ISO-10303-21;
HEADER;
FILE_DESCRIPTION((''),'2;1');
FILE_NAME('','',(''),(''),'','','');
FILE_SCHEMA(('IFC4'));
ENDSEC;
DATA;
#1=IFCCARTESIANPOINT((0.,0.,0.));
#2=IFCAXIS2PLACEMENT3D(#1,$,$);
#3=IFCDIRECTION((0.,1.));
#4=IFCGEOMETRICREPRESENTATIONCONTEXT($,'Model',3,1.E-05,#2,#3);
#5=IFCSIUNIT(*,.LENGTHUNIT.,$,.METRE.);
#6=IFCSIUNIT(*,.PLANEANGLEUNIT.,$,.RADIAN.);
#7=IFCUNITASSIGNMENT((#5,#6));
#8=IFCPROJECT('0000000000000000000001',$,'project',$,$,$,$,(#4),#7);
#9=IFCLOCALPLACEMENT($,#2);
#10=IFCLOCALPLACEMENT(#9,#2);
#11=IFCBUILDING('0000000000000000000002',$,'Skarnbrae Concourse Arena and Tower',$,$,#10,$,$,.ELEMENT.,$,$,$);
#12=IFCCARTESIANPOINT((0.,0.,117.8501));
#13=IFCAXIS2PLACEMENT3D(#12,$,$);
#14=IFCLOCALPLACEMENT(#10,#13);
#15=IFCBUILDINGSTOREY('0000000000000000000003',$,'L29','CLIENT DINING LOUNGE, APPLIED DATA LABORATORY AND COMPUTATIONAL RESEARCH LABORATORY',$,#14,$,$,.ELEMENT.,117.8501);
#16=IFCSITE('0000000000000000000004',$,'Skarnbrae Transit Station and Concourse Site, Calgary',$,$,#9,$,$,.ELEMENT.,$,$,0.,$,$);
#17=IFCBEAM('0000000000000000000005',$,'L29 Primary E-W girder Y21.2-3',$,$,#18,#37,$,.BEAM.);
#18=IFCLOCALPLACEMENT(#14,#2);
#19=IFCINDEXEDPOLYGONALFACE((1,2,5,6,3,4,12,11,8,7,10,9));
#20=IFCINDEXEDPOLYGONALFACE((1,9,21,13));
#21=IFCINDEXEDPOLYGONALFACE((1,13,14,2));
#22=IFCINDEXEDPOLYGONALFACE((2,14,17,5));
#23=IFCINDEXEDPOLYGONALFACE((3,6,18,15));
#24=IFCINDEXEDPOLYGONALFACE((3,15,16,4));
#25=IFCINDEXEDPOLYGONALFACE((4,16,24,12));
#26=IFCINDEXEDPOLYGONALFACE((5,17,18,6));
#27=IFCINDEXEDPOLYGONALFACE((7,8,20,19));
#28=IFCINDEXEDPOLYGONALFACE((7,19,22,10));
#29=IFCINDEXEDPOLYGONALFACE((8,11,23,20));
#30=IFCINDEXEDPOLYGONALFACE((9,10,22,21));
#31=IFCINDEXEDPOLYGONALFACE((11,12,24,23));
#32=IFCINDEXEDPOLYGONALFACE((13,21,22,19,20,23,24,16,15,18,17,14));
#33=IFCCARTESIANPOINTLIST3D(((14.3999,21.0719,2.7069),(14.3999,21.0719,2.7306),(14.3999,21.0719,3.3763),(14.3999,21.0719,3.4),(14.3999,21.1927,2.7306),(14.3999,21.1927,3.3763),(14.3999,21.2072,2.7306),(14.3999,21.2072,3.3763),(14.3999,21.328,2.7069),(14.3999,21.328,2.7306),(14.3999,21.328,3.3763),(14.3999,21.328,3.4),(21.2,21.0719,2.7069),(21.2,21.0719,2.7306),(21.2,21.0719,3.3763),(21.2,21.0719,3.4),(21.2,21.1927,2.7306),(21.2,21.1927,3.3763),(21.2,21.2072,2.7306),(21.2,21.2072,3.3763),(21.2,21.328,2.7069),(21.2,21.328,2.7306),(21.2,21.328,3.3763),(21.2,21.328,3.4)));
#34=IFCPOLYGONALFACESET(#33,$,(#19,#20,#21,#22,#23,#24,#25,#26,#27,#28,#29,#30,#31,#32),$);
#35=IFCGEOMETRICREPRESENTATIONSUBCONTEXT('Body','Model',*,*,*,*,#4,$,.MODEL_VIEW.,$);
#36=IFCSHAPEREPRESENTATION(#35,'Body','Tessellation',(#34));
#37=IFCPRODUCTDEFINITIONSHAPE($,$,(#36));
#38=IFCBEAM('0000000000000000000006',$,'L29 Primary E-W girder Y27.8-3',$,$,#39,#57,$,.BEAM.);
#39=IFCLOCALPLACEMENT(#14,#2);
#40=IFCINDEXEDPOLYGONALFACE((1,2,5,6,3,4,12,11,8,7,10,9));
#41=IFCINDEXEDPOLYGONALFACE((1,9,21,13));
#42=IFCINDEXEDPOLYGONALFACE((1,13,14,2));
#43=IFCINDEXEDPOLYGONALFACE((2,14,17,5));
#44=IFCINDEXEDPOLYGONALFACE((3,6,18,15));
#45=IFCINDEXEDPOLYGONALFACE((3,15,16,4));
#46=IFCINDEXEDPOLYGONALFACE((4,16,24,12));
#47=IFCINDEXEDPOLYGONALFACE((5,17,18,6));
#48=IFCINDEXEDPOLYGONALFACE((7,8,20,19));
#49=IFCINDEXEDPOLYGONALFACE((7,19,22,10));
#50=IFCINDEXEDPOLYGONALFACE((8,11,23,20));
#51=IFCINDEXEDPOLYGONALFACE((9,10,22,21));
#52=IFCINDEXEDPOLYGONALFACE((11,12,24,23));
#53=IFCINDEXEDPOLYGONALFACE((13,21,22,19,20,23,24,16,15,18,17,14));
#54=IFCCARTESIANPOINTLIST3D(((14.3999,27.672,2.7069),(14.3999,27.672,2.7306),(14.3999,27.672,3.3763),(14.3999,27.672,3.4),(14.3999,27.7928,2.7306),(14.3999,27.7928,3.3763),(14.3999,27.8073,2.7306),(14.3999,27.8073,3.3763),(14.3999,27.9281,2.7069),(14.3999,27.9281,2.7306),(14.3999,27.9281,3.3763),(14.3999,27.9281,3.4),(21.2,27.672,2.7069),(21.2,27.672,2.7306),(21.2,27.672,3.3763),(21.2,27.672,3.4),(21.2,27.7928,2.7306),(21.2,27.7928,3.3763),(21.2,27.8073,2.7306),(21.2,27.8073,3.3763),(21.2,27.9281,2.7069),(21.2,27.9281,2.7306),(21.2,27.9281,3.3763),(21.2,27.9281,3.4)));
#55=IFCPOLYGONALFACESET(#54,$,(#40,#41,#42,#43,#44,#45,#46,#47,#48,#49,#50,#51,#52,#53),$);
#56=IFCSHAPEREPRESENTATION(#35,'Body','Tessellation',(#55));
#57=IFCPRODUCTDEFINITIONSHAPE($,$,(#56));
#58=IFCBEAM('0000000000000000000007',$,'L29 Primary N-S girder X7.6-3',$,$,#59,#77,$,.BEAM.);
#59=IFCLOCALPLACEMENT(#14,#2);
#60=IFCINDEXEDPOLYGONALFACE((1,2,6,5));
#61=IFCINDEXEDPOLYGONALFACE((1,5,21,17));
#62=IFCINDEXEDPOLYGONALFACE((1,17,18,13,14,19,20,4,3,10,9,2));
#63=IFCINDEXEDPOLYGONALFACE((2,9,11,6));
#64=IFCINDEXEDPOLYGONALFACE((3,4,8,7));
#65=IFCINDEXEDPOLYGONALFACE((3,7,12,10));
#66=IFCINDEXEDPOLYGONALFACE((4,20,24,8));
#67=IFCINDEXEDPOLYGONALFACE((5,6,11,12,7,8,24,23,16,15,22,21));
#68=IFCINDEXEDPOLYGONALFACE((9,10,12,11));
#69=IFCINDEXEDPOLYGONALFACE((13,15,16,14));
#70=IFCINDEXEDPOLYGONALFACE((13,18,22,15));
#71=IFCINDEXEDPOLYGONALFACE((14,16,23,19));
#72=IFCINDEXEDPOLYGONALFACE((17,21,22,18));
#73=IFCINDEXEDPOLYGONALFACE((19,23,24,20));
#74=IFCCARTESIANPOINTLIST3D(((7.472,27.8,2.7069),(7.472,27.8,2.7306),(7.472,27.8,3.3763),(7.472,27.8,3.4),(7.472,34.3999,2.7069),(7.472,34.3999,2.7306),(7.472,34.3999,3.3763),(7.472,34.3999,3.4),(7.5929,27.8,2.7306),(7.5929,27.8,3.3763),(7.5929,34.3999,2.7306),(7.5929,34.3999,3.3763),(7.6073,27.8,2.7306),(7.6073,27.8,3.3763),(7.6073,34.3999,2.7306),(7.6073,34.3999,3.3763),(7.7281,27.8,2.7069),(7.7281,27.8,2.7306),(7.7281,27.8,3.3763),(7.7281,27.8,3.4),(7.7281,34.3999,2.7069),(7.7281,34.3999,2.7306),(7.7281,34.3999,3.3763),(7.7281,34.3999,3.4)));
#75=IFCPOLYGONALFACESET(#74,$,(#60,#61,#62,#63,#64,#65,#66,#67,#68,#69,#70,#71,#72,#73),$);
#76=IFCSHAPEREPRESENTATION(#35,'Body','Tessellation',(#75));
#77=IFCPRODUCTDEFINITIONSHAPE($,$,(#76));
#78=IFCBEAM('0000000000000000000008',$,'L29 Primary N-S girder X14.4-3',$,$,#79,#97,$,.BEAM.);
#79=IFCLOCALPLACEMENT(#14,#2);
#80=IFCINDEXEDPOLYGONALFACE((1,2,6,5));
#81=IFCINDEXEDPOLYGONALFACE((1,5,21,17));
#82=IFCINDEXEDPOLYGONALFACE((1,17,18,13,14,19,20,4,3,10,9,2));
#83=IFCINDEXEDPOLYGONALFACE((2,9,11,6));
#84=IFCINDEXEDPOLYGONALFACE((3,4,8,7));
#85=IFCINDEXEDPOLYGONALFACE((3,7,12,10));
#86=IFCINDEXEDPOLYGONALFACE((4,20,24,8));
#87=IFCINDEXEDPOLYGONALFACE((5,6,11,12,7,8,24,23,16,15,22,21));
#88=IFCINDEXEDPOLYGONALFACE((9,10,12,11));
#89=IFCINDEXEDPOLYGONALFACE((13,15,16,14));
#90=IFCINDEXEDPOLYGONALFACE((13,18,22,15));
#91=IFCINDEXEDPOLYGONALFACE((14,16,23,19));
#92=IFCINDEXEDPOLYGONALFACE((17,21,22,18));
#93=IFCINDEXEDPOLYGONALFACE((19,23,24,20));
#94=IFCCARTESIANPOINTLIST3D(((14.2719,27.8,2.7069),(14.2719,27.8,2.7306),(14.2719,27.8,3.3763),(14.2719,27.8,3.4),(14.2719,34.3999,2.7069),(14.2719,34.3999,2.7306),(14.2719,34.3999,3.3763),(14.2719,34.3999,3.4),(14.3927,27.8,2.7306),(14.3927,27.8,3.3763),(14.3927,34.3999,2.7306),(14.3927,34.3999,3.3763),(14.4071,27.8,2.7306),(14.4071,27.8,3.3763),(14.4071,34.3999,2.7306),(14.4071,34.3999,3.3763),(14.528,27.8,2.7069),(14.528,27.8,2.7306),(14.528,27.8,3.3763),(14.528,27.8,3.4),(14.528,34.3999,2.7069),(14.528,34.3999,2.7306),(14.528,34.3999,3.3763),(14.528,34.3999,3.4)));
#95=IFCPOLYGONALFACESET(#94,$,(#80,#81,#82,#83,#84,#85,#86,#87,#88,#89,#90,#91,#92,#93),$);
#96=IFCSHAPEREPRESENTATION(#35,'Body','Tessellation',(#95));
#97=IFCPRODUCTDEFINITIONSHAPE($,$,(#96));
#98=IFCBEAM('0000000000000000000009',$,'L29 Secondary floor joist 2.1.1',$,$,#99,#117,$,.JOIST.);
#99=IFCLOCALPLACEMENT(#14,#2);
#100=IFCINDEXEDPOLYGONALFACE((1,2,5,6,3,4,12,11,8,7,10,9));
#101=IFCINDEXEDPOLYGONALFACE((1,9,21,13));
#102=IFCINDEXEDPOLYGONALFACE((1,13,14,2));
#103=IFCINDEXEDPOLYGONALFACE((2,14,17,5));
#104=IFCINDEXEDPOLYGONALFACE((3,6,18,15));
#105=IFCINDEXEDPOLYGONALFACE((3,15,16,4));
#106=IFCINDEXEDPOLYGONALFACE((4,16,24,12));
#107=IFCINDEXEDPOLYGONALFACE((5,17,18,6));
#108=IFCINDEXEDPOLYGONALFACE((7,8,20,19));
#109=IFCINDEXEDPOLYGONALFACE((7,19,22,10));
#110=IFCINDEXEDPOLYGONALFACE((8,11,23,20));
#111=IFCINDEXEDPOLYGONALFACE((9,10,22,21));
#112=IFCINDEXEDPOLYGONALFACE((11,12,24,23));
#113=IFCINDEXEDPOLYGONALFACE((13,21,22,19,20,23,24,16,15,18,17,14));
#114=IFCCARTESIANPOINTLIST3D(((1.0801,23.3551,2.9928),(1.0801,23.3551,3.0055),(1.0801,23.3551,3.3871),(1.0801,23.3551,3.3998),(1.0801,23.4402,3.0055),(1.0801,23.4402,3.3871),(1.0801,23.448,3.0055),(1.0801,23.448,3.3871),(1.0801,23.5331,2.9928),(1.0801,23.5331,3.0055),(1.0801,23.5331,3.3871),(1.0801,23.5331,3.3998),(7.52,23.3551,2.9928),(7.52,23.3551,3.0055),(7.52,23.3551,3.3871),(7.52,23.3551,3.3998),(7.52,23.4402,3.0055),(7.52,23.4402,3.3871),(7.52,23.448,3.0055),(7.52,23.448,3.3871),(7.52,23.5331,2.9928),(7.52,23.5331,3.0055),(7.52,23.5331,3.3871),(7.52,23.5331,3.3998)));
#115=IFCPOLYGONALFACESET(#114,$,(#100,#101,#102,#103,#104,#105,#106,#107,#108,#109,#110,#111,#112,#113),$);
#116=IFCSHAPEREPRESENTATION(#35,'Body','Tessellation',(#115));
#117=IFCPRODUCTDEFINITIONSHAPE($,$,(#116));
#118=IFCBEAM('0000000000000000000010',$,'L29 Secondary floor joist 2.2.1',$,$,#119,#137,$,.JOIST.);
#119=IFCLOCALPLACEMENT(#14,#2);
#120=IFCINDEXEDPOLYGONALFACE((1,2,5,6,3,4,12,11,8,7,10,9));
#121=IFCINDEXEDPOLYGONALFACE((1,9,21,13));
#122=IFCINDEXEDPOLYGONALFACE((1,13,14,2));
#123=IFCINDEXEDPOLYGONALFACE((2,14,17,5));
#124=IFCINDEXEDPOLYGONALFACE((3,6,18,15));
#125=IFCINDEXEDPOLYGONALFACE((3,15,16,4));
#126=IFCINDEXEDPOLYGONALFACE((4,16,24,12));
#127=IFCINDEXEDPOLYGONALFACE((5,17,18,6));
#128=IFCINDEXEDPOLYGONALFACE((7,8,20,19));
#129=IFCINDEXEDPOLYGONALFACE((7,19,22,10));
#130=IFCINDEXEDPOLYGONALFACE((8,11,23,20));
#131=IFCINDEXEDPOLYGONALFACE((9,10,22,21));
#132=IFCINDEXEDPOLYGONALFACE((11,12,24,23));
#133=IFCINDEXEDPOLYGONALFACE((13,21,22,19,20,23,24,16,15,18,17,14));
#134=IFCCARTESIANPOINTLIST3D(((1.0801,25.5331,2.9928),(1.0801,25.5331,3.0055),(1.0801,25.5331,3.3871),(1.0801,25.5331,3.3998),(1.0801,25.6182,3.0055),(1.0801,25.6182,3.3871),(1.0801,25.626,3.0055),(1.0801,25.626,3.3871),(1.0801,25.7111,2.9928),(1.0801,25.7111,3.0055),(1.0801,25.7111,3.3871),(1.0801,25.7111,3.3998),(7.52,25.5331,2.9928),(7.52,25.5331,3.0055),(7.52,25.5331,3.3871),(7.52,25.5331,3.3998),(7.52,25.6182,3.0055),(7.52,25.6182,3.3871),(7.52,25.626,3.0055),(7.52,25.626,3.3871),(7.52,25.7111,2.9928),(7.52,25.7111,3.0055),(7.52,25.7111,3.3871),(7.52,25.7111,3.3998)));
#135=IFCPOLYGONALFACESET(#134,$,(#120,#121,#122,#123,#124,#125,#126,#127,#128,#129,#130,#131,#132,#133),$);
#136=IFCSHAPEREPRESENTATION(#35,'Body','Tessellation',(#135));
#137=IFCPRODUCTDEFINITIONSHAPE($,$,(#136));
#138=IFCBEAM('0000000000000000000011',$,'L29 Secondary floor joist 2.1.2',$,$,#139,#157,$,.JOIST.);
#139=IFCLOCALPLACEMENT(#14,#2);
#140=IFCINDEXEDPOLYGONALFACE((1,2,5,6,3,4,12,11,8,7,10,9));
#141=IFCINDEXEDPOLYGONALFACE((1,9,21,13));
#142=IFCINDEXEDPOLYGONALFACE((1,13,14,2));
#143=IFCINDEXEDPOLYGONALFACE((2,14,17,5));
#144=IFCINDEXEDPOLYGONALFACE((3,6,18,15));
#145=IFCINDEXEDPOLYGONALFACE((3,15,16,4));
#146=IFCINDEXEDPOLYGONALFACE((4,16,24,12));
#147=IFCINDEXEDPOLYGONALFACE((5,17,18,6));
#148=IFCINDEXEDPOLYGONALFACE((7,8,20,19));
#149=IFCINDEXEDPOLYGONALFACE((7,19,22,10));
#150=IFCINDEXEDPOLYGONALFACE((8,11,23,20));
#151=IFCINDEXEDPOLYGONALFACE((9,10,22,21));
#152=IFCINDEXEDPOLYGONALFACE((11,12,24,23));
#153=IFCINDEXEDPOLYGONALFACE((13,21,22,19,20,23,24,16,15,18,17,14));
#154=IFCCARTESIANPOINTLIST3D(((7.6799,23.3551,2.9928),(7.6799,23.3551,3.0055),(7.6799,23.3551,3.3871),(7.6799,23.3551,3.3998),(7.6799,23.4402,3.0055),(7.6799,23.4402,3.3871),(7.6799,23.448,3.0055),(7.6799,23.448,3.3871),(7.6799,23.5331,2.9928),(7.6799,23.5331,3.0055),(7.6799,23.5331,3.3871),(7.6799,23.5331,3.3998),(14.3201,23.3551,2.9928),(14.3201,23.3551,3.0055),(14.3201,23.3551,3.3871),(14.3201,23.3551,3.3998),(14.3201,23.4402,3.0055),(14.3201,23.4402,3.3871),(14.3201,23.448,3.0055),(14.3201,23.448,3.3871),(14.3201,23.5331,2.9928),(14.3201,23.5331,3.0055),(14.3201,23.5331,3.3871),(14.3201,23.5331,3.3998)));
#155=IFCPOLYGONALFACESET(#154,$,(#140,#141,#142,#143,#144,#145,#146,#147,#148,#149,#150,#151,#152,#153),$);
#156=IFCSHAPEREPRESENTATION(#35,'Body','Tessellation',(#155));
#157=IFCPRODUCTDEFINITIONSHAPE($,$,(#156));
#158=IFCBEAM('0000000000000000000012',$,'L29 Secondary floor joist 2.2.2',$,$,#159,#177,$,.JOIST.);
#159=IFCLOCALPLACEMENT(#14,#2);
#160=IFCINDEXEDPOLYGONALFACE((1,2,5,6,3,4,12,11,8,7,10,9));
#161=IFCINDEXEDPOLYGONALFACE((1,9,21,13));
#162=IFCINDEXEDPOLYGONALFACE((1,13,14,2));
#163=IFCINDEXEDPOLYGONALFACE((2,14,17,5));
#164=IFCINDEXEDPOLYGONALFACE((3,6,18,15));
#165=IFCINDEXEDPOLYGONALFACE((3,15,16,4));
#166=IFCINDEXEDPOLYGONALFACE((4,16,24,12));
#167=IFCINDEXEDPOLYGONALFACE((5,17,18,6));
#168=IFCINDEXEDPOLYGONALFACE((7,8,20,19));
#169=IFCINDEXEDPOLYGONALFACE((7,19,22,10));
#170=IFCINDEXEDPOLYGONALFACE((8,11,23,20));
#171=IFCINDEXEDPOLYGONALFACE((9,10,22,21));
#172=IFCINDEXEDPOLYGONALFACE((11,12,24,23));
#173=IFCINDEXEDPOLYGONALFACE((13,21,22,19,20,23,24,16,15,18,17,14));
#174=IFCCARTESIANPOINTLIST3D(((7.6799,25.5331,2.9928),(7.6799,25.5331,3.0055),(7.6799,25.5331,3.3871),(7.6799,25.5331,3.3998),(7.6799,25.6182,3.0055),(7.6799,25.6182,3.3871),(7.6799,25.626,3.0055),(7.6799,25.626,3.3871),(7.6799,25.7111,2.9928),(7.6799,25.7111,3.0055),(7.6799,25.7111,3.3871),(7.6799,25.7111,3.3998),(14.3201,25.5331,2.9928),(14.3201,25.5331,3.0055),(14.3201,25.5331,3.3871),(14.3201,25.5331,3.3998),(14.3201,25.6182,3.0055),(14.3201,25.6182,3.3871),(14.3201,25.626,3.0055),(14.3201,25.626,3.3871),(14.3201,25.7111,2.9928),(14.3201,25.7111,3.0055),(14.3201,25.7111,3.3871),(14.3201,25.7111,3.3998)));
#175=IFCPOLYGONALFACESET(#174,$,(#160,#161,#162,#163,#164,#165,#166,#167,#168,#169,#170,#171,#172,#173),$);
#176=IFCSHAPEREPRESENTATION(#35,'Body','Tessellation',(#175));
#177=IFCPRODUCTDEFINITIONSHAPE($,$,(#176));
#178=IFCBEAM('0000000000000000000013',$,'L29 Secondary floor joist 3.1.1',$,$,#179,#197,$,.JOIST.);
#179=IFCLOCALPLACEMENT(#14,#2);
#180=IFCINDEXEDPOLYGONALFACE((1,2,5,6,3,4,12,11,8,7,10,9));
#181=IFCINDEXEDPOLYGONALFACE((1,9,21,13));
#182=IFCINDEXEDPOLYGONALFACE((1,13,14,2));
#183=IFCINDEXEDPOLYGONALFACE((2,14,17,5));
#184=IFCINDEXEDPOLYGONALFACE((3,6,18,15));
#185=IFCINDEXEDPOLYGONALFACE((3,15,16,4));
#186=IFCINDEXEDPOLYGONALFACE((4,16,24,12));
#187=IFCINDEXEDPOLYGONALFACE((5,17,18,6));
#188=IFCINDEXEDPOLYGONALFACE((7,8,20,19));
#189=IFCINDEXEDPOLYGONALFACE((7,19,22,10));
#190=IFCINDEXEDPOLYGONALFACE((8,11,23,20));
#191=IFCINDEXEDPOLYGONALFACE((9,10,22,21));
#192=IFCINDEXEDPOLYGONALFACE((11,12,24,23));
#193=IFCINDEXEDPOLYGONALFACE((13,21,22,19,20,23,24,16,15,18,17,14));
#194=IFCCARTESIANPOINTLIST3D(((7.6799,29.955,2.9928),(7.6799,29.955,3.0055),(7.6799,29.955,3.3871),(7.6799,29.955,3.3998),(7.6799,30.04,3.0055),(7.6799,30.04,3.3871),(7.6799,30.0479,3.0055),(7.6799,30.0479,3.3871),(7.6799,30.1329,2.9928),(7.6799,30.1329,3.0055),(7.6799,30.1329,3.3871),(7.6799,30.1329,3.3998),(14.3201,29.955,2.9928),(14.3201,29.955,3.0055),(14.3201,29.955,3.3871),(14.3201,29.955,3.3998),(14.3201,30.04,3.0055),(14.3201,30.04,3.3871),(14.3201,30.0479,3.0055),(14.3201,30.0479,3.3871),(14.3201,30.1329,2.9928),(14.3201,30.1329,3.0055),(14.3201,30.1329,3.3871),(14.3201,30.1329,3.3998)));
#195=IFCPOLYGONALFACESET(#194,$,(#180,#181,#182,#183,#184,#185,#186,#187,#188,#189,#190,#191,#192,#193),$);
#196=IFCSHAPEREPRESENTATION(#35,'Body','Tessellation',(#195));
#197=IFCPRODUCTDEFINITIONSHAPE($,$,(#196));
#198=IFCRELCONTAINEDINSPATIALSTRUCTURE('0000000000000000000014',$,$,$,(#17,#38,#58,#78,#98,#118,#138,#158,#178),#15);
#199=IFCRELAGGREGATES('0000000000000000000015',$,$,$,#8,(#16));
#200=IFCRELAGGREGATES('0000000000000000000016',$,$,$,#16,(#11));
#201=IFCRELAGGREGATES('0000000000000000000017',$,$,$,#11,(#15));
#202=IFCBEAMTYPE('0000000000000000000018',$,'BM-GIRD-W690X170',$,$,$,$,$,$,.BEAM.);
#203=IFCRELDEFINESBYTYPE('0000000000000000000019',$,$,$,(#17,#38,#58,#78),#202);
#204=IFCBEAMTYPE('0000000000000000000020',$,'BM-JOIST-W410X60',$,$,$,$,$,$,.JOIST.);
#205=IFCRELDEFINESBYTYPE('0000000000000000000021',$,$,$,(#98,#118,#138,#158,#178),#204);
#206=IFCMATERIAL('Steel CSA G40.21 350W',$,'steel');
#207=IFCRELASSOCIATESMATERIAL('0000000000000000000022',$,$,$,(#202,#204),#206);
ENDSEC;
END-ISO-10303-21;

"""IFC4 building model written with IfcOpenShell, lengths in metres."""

from ifc_helpers import new_model, si_unit, direction, frame, origin, origin_2d, place, context, subcontext, project, spatial, i_section, extrude, source, transform, mapped, material, material_profile, profile_set, type_object, element, save


model = new_model("IFC4")

# Units and contexts
model_context = context("Model", 3, precision=1e-05, world=origin(), true_north=direction((0.0, 1.0)))
body_context = subcontext(model_context, "Body", "Model", "MODEL_VIEW")
ifc_project = project(units=[si_unit("LENGTHUNIT", "METRE"), si_unit("PLANEANGLEUNIT", "RADIAN")], contexts=[model_context])

# Site, building, storey
site_placement = place(None, origin())
site = spatial("IfcSite", under=ifc_project, at=site_placement, Name="Skarnbrae Transit Station and Concourse Site, Calgary", CompositionType="ELEMENT", RefElevation=0.0)
building_placement = place(site_placement, origin())
building = spatial("IfcBuilding", under=site, at=building_placement, Name="Skarnbrae Concourse Arena and Tower", CompositionType="ELEMENT")
storey_placement = place(building_placement, frame((0.0, 0.0, 117.8501)))
storey = spatial("IfcBuildingStorey", under=building, at=storey_placement, Name="L29", Description="CLIENT DINING LOUNGE, APPLIED DATA LABORATORY AND COMPUTATIONAL RESEARCH LABORATORY", CompositionType="ELEMENT", Elevation=117.8501)

# Shared definitions
ifc_material_1 = material(Name="Steel CSA G40.21 350W", Category="steel")

# Beams
ifc_material_profile_1 = material_profile(ifc_material_1, i_section(OverallWidth=0.2561, OverallDepth=0.6931, WebThickness=0.0144, FlangeThickness=0.0237, at=origin_2d()), Name="W690X170")
ifc_profile_set_1 = profile_set([ifc_material_profile_1], Name="Steel CSA G40.21 350W")
beam_type_1 = type_object("IfcBeamType", Name="BM-GIRD-W690X170", PredefinedType="BEAM", material=ifc_profile_set_1)
shared_shape_1 = source(origin(), body_context, "Body", "SweptSolid", [
    extrude(i_section(OverallWidth=0.2561, OverallDepth=0.6931, WebThickness=0.0144, FlangeThickness=0.0237, at=origin_2d()), origin(), (0.0, 0.0, 1.0), 6.8),
])
for number, where, z_axis, x_axis, name in (
    (1, (14.3999, 21.2, 3.0535), (1.0, 0.0, 0.0), (0.0, 1.0, 0.0), "L29 Primary E-W girder Y21.2-3"),
    (2, (14.3999, 27.8, 3.0535), (1.0, 0.0, 0.0), (0.0, 1.0, 0.0), "L29 Primary E-W girder Y27.8-3"),
):
    element("IfcBeam", number, at=place(storey_placement, frame(where, z_axis=z_axis, x_axis=x_axis)), inside=storey, type_object=beam_type_1, Name=name, PredefinedType="BEAM", context=body_context, shape_type="MappedRepresentation", body=[
        mapped(shared_shape_1, transform((0.0, 0.0, 0.0))),
    ])
shared_shape_2 = source(origin(), body_context, "Body", "SweptSolid", [
    extrude(i_section(OverallWidth=0.2561, OverallDepth=0.6931, WebThickness=0.0144, FlangeThickness=0.0237, at=origin_2d()), origin(), (0.0, 0.0, 1.0), 6.5999),
])
for number, where, z_axis, x_axis, name in (
    (3, (7.6001, 27.8, 3.0535), (0.0, 1.0, 0.0), (-1.0, 0.0, 0.0), "L29 Primary N-S girder X7.6-3"),
    (4, (14.3999, 27.8, 3.0535), (0.0, 1.0, 0.0), (-1.0, 0.0, 0.0), "L29 Primary N-S girder X14.4-3"),
):
    element("IfcBeam", number, at=place(storey_placement, frame(where, z_axis=z_axis, x_axis=x_axis)), inside=storey, type_object=beam_type_1, Name=name, PredefinedType="BEAM", context=body_context, shape_type="MappedRepresentation", body=[
        mapped(shared_shape_2, transform((0.0, 0.0, 0.0))),
    ])
ifc_material_profile_2 = material_profile(ifc_material_1, i_section(OverallWidth=0.178, OverallDepth=0.407, WebThickness=0.0078, FlangeThickness=0.0127, at=origin_2d()), Name="W410X60")
ifc_profile_set_2 = profile_set([ifc_material_profile_2], Name="Steel CSA G40.21 350W")
beam_type_2 = type_object("IfcBeamType", Name="BM-JOIST-W410X60", PredefinedType="JOIST", material=ifc_profile_set_2)
shared_shape_3 = source(origin(), body_context, "Body", "SweptSolid", [
    extrude(i_section(OverallWidth=0.178, OverallDepth=0.407, WebThickness=0.0078, FlangeThickness=0.0127, at=origin_2d()), origin(), (0.0, 0.0, 1.0), 6.4399),
])
for number, where, z_axis, x_axis, name in (
    (5, (1.0801, 23.4441, 3.1963), (1.0, 0.0, 0.0), (0.0, 1.0, 0.0), "L29 Secondary floor joist 2.1.1"),
    (6, (1.0801, 25.6221, 3.1963), (1.0, 0.0, 0.0), (0.0, 1.0, 0.0), "L29 Secondary floor joist 2.2.1"),
):
    element("IfcBeam", number, at=place(storey_placement, frame(where, z_axis=z_axis, x_axis=x_axis)), inside=storey, type_object=beam_type_2, Name=name, PredefinedType="JOIST", context=body_context, shape_type="MappedRepresentation", body=[
        mapped(shared_shape_3, transform((0.0, 0.0, 0.0))),
    ])
shared_shape_4 = source(origin(), body_context, "Body", "SweptSolid", [
    extrude(i_section(OverallWidth=0.178, OverallDepth=0.407, WebThickness=0.0078, FlangeThickness=0.0127, at=origin_2d()), origin(), (0.0, 0.0, 1.0), 6.6401),
])
for number, where, z_axis, x_axis, name in (
    (7, (7.6799, 23.4441, 3.1963), (1.0, 0.0, 0.0), (0.0, 1.0, 0.0), "L29 Secondary floor joist 2.1.2"),
    (8, (7.6799, 25.6221, 3.1963), (1.0, 0.0, 0.0), (0.0, 1.0, 0.0), "L29 Secondary floor joist 2.2.2"),
    (9, (7.6799, 30.0439, 3.1963), (1.0, 0.0, 0.0), (0.0, 1.0, 0.0), "L29 Secondary floor joist 3.1.1"),
):
    element("IfcBeam", number, at=place(storey_placement, frame(where, z_axis=z_axis, x_axis=x_axis)), inside=storey, type_object=beam_type_2, Name=name, PredefinedType="JOIST", context=body_context, shape_type="MappedRepresentation", body=[
        mapped(shared_shape_4, transform((0.0, 0.0, 0.0))),
    ])

save(model, "model.ifc")
